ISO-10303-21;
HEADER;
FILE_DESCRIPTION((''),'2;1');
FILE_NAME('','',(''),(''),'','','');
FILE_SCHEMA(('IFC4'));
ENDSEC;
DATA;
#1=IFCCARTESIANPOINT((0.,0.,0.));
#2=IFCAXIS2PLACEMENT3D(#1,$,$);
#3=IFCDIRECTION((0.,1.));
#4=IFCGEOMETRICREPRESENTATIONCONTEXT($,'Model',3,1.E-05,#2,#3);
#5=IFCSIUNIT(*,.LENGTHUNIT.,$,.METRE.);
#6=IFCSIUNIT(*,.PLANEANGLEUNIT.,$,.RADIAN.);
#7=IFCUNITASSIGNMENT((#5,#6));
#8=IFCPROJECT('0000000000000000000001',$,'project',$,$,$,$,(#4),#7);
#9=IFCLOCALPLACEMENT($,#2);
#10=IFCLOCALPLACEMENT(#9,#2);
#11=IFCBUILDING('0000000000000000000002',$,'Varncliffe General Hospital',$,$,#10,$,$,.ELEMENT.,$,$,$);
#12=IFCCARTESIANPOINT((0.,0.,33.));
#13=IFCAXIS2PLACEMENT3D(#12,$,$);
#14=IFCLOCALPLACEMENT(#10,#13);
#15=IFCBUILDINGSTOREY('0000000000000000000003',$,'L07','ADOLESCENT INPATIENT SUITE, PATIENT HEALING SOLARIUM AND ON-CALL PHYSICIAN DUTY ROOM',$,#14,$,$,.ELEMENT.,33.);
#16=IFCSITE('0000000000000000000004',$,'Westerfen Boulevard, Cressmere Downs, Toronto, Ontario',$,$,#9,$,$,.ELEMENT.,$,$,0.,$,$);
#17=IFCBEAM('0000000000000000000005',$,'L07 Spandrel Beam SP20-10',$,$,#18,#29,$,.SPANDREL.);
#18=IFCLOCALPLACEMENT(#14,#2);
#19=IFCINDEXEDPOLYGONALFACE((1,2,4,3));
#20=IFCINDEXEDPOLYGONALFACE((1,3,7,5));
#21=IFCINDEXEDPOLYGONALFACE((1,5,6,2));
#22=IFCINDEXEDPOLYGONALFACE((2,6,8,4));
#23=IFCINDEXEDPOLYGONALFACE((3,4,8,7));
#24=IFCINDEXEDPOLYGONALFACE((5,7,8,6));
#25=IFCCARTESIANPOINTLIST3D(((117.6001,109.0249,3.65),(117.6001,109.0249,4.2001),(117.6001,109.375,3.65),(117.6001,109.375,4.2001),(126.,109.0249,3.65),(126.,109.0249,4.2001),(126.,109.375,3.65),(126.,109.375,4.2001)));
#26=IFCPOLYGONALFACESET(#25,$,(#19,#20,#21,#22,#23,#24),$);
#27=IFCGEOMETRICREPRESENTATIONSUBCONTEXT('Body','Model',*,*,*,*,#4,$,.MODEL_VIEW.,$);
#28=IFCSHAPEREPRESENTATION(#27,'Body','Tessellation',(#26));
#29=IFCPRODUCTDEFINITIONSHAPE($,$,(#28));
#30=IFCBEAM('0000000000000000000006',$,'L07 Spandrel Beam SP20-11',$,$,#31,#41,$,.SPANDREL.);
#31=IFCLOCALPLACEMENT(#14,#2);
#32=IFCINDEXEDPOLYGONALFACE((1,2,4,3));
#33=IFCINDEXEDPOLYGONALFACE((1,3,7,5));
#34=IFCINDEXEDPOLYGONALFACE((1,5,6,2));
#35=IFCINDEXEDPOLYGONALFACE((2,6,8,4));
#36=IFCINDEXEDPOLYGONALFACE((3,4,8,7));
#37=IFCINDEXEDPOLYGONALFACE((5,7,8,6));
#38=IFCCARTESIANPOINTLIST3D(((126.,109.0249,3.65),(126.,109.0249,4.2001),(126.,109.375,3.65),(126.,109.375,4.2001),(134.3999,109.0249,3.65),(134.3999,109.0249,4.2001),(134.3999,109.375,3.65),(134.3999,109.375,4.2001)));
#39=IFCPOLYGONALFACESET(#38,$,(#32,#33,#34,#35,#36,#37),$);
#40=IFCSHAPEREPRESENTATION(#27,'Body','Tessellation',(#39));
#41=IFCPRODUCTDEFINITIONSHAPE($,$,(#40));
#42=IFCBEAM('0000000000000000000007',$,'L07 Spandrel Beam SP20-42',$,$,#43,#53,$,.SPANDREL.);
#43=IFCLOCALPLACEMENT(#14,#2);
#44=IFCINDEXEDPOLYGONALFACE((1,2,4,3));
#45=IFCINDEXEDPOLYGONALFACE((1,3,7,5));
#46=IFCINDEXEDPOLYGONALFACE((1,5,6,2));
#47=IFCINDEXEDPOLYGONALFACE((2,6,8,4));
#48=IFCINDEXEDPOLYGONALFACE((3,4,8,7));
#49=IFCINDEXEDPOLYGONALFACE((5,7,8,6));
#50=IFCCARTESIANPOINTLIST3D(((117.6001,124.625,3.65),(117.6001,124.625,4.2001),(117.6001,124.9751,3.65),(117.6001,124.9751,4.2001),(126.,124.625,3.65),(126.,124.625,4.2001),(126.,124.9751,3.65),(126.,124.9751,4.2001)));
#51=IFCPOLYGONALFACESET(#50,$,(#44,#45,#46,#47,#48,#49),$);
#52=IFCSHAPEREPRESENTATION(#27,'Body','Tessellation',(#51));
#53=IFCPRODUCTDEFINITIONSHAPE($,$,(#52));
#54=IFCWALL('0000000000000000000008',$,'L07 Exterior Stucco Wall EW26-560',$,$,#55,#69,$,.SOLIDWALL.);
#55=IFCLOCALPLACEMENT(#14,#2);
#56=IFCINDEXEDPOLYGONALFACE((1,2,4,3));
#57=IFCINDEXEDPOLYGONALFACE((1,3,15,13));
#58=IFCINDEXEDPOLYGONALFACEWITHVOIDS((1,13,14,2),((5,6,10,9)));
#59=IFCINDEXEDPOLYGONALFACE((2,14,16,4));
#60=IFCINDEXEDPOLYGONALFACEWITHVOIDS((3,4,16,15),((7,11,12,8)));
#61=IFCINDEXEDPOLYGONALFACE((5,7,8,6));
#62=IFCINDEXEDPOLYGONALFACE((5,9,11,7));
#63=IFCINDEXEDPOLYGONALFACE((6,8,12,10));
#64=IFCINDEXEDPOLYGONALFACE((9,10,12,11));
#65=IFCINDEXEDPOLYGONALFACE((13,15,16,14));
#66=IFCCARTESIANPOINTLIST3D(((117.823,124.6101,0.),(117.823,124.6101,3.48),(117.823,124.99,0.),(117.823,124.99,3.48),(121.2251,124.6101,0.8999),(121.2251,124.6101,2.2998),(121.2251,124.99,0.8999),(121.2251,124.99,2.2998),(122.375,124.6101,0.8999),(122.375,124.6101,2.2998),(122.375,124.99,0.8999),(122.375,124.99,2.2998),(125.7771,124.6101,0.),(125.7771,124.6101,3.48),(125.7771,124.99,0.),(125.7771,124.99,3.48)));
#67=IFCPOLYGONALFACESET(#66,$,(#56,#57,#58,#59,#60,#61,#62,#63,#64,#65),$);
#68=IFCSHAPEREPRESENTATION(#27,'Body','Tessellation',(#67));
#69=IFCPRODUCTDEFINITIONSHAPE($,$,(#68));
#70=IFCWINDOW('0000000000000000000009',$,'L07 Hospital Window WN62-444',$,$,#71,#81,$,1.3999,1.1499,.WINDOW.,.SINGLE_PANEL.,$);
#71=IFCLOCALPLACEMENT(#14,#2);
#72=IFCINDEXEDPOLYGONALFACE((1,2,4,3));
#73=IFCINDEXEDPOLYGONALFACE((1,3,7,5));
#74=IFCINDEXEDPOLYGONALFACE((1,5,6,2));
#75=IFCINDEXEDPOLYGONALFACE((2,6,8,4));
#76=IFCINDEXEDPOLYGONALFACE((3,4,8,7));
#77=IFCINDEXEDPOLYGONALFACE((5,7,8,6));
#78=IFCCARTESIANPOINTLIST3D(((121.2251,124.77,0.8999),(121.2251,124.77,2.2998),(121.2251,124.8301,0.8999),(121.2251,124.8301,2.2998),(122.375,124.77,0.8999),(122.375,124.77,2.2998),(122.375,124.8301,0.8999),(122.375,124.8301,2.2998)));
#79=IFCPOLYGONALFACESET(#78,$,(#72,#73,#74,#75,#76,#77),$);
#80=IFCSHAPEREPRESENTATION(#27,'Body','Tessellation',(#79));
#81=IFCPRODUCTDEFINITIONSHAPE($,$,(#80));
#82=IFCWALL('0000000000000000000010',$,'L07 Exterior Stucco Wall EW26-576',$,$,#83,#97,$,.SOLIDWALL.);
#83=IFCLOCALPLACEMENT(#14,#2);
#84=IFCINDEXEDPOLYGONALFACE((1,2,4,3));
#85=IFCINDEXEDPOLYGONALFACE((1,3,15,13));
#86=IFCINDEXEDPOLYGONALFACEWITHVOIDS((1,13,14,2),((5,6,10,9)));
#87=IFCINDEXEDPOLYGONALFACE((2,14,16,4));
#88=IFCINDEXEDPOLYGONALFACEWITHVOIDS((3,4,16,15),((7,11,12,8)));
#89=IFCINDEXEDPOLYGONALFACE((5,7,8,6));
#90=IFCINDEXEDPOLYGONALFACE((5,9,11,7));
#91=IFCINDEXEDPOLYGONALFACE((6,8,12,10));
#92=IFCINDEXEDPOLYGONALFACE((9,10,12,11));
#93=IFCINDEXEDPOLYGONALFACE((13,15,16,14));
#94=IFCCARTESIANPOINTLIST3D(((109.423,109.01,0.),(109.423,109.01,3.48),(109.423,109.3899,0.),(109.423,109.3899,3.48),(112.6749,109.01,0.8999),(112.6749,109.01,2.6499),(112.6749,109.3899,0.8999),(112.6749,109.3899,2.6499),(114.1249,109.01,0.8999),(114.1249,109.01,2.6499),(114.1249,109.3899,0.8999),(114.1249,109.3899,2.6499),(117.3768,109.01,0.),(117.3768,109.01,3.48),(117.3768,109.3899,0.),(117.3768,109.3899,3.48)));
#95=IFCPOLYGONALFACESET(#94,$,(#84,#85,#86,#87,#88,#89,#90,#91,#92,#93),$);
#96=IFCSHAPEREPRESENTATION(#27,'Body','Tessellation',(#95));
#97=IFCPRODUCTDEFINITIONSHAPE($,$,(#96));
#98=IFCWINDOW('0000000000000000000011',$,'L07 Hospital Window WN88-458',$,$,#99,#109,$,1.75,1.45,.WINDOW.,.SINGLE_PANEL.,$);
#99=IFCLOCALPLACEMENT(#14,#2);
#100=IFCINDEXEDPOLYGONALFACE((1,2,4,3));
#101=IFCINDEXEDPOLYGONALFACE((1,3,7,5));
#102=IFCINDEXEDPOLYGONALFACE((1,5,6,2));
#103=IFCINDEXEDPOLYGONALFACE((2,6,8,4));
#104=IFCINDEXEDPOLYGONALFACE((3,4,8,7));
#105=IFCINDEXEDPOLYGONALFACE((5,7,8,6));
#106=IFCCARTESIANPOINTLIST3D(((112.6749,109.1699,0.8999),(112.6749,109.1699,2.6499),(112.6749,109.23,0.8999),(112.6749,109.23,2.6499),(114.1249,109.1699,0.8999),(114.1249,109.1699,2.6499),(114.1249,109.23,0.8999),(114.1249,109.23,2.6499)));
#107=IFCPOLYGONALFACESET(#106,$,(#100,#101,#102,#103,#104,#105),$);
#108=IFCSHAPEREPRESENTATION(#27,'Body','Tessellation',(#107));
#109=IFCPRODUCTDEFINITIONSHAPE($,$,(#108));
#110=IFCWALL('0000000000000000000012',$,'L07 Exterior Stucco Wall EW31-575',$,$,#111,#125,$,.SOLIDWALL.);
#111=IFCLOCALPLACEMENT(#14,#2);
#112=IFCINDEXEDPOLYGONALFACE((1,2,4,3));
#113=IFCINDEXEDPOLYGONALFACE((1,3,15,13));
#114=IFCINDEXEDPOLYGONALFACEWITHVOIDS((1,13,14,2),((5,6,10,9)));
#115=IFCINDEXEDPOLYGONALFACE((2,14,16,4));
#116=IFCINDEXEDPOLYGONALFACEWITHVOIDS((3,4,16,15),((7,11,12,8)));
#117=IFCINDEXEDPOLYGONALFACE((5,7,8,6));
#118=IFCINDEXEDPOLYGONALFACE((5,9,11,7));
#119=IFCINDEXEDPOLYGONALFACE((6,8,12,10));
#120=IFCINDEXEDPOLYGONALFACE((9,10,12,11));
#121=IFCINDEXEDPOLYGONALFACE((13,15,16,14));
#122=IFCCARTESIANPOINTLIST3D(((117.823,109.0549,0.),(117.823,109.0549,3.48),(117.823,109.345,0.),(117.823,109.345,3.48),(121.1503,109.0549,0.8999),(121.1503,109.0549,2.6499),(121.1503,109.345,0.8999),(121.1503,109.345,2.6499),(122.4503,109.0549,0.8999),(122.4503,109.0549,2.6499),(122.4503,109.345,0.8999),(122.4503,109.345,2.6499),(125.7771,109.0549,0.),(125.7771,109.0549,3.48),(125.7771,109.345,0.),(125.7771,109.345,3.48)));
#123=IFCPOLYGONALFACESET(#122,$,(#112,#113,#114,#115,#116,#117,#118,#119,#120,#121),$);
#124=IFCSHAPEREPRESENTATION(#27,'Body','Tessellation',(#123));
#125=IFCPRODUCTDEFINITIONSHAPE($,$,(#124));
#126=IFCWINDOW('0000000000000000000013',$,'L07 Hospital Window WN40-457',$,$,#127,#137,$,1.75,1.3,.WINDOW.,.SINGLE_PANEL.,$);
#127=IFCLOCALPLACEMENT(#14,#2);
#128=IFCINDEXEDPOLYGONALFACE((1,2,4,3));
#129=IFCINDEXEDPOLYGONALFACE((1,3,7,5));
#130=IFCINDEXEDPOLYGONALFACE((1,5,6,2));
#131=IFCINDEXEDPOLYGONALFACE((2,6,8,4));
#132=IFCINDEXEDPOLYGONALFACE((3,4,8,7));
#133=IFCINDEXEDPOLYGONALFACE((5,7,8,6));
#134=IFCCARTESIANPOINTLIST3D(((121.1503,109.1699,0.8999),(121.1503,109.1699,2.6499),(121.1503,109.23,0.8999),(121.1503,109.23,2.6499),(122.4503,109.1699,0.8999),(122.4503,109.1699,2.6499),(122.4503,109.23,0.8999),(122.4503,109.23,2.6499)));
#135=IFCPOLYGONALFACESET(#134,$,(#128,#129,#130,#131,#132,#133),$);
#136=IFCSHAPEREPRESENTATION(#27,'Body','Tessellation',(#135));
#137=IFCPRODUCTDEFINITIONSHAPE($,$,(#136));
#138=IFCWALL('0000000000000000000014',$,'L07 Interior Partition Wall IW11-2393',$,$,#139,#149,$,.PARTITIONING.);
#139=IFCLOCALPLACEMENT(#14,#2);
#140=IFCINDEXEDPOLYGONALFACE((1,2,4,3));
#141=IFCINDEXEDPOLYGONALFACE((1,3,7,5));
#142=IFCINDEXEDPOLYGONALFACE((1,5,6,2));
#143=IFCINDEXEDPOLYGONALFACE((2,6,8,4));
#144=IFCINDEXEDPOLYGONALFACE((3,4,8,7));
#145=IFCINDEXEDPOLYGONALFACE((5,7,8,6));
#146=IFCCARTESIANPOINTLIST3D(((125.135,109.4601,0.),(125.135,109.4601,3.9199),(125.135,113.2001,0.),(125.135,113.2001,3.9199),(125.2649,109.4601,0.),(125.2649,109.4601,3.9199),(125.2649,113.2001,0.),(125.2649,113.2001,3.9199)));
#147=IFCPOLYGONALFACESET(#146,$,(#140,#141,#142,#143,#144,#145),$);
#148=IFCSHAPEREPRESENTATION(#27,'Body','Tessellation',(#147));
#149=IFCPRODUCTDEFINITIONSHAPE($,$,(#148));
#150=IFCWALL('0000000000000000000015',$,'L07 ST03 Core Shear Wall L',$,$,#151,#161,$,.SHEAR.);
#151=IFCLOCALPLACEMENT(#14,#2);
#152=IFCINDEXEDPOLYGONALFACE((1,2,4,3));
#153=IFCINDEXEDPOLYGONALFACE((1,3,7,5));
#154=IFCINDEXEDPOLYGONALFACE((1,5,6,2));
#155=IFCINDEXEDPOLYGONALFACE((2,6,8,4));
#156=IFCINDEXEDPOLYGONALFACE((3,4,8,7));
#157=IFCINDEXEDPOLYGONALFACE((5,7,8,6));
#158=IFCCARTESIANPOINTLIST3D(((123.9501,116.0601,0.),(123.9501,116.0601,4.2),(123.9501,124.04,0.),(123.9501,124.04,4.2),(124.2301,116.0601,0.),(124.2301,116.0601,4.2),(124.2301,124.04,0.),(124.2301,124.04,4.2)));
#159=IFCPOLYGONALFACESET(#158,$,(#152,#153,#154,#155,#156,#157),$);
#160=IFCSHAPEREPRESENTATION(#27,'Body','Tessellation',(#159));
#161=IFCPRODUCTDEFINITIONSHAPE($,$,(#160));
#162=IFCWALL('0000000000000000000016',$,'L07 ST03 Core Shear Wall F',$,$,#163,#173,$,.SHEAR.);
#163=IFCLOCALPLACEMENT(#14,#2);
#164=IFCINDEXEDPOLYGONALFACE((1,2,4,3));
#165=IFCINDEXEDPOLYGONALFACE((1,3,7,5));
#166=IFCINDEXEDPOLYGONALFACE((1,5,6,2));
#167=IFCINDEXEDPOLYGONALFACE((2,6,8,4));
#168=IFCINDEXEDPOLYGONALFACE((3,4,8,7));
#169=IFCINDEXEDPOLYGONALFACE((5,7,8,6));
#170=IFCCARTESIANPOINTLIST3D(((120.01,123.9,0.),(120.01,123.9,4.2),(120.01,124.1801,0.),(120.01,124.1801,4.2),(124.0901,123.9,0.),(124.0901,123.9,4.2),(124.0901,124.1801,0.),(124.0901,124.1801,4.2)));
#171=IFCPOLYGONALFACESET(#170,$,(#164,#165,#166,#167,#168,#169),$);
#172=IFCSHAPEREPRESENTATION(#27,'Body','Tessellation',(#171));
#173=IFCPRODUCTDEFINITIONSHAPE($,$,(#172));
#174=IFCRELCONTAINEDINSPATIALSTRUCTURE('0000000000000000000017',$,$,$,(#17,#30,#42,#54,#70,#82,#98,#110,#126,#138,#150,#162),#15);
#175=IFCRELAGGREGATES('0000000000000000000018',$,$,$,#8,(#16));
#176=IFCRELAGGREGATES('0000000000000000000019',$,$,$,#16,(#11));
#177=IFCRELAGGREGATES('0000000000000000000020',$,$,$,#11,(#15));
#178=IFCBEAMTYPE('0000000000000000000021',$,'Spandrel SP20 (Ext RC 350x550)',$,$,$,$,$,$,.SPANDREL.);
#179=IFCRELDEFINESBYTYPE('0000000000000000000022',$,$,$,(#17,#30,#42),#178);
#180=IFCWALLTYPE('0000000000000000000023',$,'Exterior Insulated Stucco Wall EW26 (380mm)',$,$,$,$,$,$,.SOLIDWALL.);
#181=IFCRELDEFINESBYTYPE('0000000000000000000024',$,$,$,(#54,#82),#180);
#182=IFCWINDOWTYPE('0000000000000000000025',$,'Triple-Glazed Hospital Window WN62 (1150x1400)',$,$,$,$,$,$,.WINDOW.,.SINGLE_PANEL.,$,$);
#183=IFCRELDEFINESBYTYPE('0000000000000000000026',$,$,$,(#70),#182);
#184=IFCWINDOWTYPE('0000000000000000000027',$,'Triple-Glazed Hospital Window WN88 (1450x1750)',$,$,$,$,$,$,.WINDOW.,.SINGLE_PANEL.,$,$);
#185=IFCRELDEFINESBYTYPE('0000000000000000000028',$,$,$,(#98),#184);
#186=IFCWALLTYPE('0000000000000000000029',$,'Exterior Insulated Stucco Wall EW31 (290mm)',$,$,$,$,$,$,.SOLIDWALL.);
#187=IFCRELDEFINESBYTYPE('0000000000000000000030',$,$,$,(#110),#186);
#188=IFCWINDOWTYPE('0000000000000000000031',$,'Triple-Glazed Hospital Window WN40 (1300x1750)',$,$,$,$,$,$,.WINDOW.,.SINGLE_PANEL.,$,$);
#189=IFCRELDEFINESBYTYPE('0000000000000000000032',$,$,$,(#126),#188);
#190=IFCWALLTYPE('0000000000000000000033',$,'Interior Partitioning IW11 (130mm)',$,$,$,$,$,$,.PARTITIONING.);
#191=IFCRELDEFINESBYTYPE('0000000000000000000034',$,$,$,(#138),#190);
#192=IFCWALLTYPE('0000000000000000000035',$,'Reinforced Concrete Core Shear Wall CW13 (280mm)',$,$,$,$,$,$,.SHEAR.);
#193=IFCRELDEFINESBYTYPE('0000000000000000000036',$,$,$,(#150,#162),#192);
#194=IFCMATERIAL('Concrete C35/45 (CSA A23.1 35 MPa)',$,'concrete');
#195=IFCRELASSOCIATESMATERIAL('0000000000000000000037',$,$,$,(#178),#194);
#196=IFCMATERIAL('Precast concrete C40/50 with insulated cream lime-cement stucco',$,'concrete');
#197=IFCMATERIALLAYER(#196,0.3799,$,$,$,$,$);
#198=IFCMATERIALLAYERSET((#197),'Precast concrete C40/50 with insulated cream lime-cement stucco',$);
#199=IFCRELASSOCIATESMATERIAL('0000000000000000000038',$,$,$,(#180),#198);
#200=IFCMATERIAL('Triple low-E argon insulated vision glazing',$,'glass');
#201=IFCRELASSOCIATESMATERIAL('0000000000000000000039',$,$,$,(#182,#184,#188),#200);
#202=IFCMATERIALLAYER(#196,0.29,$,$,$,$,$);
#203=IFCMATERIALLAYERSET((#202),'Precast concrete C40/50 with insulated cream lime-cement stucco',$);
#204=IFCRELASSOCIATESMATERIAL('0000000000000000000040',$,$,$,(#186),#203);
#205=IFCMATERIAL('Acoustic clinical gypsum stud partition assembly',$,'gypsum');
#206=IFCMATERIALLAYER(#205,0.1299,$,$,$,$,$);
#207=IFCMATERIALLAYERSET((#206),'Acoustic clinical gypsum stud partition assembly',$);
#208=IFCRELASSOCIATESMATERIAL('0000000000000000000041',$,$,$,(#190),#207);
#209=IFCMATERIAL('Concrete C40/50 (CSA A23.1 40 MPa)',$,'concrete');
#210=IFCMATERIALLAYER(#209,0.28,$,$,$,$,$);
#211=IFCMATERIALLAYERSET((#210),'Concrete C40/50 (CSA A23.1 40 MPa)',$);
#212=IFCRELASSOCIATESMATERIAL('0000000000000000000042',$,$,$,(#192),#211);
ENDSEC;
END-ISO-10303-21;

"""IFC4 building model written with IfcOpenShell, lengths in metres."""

from ifc_helpers import new_model, si_unit, direction, frame, frame_2d, origin, origin_2d, place, context, subcontext, project, spatial, rectangle, extrude, material, layer, layer_set, material_profile, profile_set, type_object, element, fill, save


model = new_model("IFC4")

# Units and contexts
model_context = context("Model", 3, precision=1e-05, world=origin(), true_north=direction((0.0, 1.0)))
body_context = subcontext(model_context, "Body", "Model", "MODEL_VIEW")
ifc_project = project(units=[si_unit("LENGTHUNIT", "METRE"), si_unit("PLANEANGLEUNIT", "RADIAN")], contexts=[model_context])

# Site, building, storey
site_placement = place(None, origin())
site = spatial("IfcSite", under=ifc_project, at=site_placement, Name="Westerfen Boulevard, Cressmere Downs, Toronto, Ontario", CompositionType="ELEMENT", RefElevation=0.0)
building_placement = place(site_placement, origin())
building = spatial("IfcBuilding", under=site, at=building_placement, Name="Varncliffe General Hospital", CompositionType="ELEMENT")
storey_placement = place(building_placement, frame((0.0, 0.0, 33.0)))
storey = spatial("IfcBuildingStorey", under=building, at=storey_placement, Name="L07", Description="ADOLESCENT INPATIENT SUITE, PATIENT HEALING SOLARIUM AND ON-CALL PHYSICIAN DUTY ROOM", CompositionType="ELEMENT", Elevation=33.0)

# Shared definitions
ifc_material_1 = material(Name="Concrete C40/50 (CSA A23.1 40 MPa)", Category="concrete")

# Beams
ifc_material_2 = material(Name="Concrete C35/45 (CSA A23.1 35 MPa)", Category="concrete")
ifc_material_profile_1 = material_profile(ifc_material_2, rectangle(XDim=0.3501, YDim=0.55, at=origin_2d()), Name="RC 350x550")
ifc_profile_set_1 = profile_set([ifc_material_profile_1], Name="Concrete C35/45 (CSA A23.1 35 MPa)")
beam_type_1 = type_object("IfcBeamType", Name="Spandrel SP20 (Ext RC 350x550)", PredefinedType="SPANDREL", material=ifc_profile_set_1)
for number, where, z_axis, x_axis, name in (
    (1, (117.6001, 109.2, 3.925), (1.0, 0.0, 0.0), (0.0, 1.0, 0.0), "L07 Spandrel Beam SP20-10"),
    (2, (126.0, 109.2, 3.925), (1.0, 0.0, 0.0), (0.0, 1.0, 0.0), "L07 Spandrel Beam SP20-11"),
    (3, (117.6001, 124.8, 3.925), (1.0, 0.0, 0.0), (0.0, 1.0, 0.0), "L07 Spandrel Beam SP20-42"),
):
    element("IfcBeam", number, at=place(storey_placement, frame(where, z_axis=z_axis, x_axis=x_axis)), inside=storey, type_object=beam_type_1, Name=name, PredefinedType="SPANDREL", context=body_context, shape_type="SweptSolid", body=[
        extrude(rectangle(XDim=0.3501, YDim=0.55, at=origin_2d()), origin(), (0.0, 0.0, 1.0), 8.3999),
    ])

# Walls, openings, windows
ifc_material_3 = material(Name="Precast concrete C40/50 with insulated cream lime-cement stucco", Category="concrete")
ifc_layer_1 = layer(ifc_material_3, 0.3799)
ifc_layer_set_1 = layer_set([ifc_layer_1], Name="Precast concrete C40/50 with insulated cream lime-cement stucco")
wall_type_1 = type_object("IfcWallType", Name="Exterior Insulated Stucco Wall EW26 (380mm)", PredefinedType="SOLIDWALL", material=ifc_layer_set_1)
wall_1_placement = place(storey_placement, frame((117.823, 124.8, 0.0), z_axis=(0.0, 0.0, 1.0), x_axis=(1.0, 0.0, 0.0)))
wall_1 = element("IfcWall", 4, at=wall_1_placement, inside=storey, type_object=wall_type_1, Name="L07 Exterior Stucco Wall EW26-560", PredefinedType="SOLIDWALL", context=body_context, shape_type="SweptSolid", body=[
    extrude(rectangle(XDim=7.9541, YDim=0.3799, at=frame_2d((3.9771, 0.0))), origin(), (0.0, 0.0, 1.0), 3.48),
])
opening_1_placement = place(wall_1_placement, frame((3.4021, 0.0, 0.8999)))
opening_1 = element("IfcOpeningElement", 5, at=opening_1_placement, cuts=wall_1, PredefinedType="OPENING", context=body_context, shape_type="SweptSolid", body=[
    extrude(rectangle(XDim=1.1499, YDim=1.3999, at=frame_2d((0.575, 0.7))), frame((0.0, 0.2, 0.0), z_axis=(0.0, -1.0, 0.0), x_axis=(1.0, 0.0, 0.0)), (0.0, 0.0, 1.0), 0.3999),
])
ifc_material_4 = material(Name="Triple low-E argon insulated vision glazing", Category="glass")
window_type_1 = type_object("IfcWindowType", Name="Triple-Glazed Hospital Window WN62 (1150x1400)", PartitioningType="SINGLE_PANEL", PredefinedType="WINDOW", material=ifc_material_4)
window_1_placement = place(opening_1_placement, origin())
window_1 = element("IfcWindow", 6, at=window_1_placement, inside=storey, type_object=window_type_1, Name="L07 Hospital Window WN62-444", OverallHeight=1.3999, OverallWidth=1.1499, PartitioningType="SINGLE_PANEL", PredefinedType="WINDOW", context=body_context, shape_type="SweptSolid", body=[
    extrude(rectangle(XDim=1.1499, YDim=1.3999, at=frame_2d((0.575, 0.7))), frame((0.0, 0.03, 0.0), z_axis=(0.0, -1.0, 0.0), x_axis=(1.0, 0.0, 0.0)), (0.0, 0.0, 1.0), 0.0601),
])
fill(opening_1, window_1)
wall_2_placement = place(storey_placement, frame((117.377, 109.2, 0.0), z_axis=(0.0, 0.0, 1.0), x_axis=(-1.0, 0.0, 0.0)))
wall_2 = element("IfcWall", 7, at=wall_2_placement, inside=storey, type_object=wall_type_1, Name="L07 Exterior Stucco Wall EW26-576", PredefinedType="SOLIDWALL", context=body_context, shape_type="SweptSolid", body=[
    extrude(rectangle(XDim=7.9539, YDim=0.3799, at=frame_2d((3.9771, 0.0))), origin(), (0.0, 0.0, 1.0), 3.48),
])
opening_2_placement = place(wall_2_placement, frame((3.252, 0.0, 0.8999)))
opening_2 = element("IfcOpeningElement", 8, at=opening_2_placement, cuts=wall_2, PredefinedType="OPENING", context=body_context, shape_type="SweptSolid", body=[
    extrude(rectangle(XDim=1.45, YDim=1.75, at=frame_2d((0.7251, 0.875))), frame((0.0, 0.2, 0.0), z_axis=(0.0, -1.0, 0.0), x_axis=(1.0, 0.0, 0.0)), (0.0, 0.0, 1.0), 0.3999),
])
window_type_2 = type_object("IfcWindowType", Name="Triple-Glazed Hospital Window WN88 (1450x1750)", PartitioningType="SINGLE_PANEL", PredefinedType="WINDOW", material=ifc_material_4)
window_2_placement = place(opening_2_placement, origin())
window_2 = element("IfcWindow", 9, at=window_2_placement, inside=storey, type_object=window_type_2, Name="L07 Hospital Window WN88-458", OverallHeight=1.75, OverallWidth=1.45, PartitioningType="SINGLE_PANEL", PredefinedType="WINDOW", context=body_context, shape_type="SweptSolid", body=[
    extrude(rectangle(XDim=1.45, YDim=1.75, at=frame_2d((0.7251, 0.875))), frame((0.0, 0.03, 0.0), z_axis=(0.0, -1.0, 0.0), x_axis=(1.0, 0.0, 0.0)), (0.0, 0.0, 1.0), 0.0601),
])
fill(opening_2, window_2)
ifc_layer_2 = layer(ifc_material_3, 0.29)
ifc_layer_set_2 = layer_set([ifc_layer_2], Name="Precast concrete C40/50 with insulated cream lime-cement stucco")
wall_type_2 = type_object("IfcWallType", Name="Exterior Insulated Stucco Wall EW31 (290mm)", PredefinedType="SOLIDWALL", material=ifc_layer_set_2)
wall_3_placement = place(storey_placement, frame((125.7771, 109.2, 0.0), z_axis=(0.0, 0.0, 1.0), x_axis=(-1.0, 0.0, 0.0)))
wall_3 = element("IfcWall", 10, at=wall_3_placement, inside=storey, type_object=wall_type_2, Name="L07 Exterior Stucco Wall EW31-575", PredefinedType="SOLIDWALL", context=body_context, shape_type="SweptSolid", body=[
    extrude(rectangle(XDim=7.9541, YDim=0.29, at=frame_2d((3.9771, 0.0))), origin(), (0.0, 0.0, 1.0), 3.48),
])
opening_3_placement = place(wall_3_placement, frame((3.3269, 0.0, 0.8999)))
opening_3 = element("IfcOpeningElement", 11, at=opening_3_placement, cuts=wall_3, PredefinedType="OPENING", context=body_context, shape_type="SweptSolid", body=[
    extrude(rectangle(XDim=1.3, YDim=1.75, at=frame_2d((0.6499, 0.875))), frame((0.0, 0.155, 0.0), z_axis=(0.0, -1.0, 0.0), x_axis=(1.0, 0.0, 0.0)), (0.0, 0.0, 1.0), 0.3101),
])
window_type_3 = type_object("IfcWindowType", Name="Triple-Glazed Hospital Window WN40 (1300x1750)", PartitioningType="SINGLE_PANEL", PredefinedType="WINDOW", material=ifc_material_4)
window_3_placement = place(opening_3_placement, origin())
window_3 = element("IfcWindow", 12, at=window_3_placement, inside=storey, type_object=window_type_3, Name="L07 Hospital Window WN40-457", OverallHeight=1.75, OverallWidth=1.3, PartitioningType="SINGLE_PANEL", PredefinedType="WINDOW", context=body_context, shape_type="SweptSolid", body=[
    extrude(rectangle(XDim=1.3, YDim=1.75, at=frame_2d((0.6499, 0.875))), frame((0.0, 0.03, 0.0), z_axis=(0.0, -1.0, 0.0), x_axis=(1.0, 0.0, 0.0)), (0.0, 0.0, 1.0), 0.0601),
])
fill(opening_3, window_3)

# Wall
ifc_material_5 = material(Name="Acoustic clinical gypsum stud partition assembly", Category="gypsum")
ifc_layer_3 = layer(ifc_material_5, 0.1299)
ifc_layer_set_3 = layer_set([ifc_layer_3], Name="Acoustic clinical gypsum stud partition assembly")
wall_type_3 = type_object("IfcWallType", Name="Interior Partitioning IW11 (130mm)", PredefinedType="PARTITIONING", material=ifc_layer_set_3)
wall_4_placement = place(storey_placement, frame((125.2, 109.46, 0.0), z_axis=(0.0, 0.0, 1.0), x_axis=(0.0, 1.0, 0.0)))
element("IfcWall", 13, at=wall_4_placement, inside=storey, type_object=wall_type_3, Name="L07 Interior Partition Wall IW11-2393", PredefinedType="PARTITIONING", context=body_context, shape_type="SweptSolid", body=[
    extrude(rectangle(XDim=3.74, YDim=0.1299, at=frame_2d((1.8701, 0.0))), origin(), (0.0, 0.0, 1.0), 3.9199),
])

# Walls
ifc_layer_4 = layer(ifc_material_1, 0.28)
ifc_layer_set_4 = layer_set([ifc_layer_4], Name="Concrete C40/50 (CSA A23.1 40 MPa)")
wall_type_4 = type_object("IfcWallType", Name="Reinforced Concrete Core Shear Wall CW13 (280mm)", PredefinedType="SHEAR", material=ifc_layer_set_4)
wall_5_placement = place(storey_placement, frame((124.0901, 116.0601, 0.0), z_axis=(0.0, 0.0, 1.0), x_axis=(0.0, 1.0, 0.0)))
element("IfcWall", 14, at=wall_5_placement, inside=storey, type_object=wall_type_4, Name="L07 ST03 Core Shear Wall L", PredefinedType="SHEAR", context=body_context, shape_type="SweptSolid", body=[
    extrude(rectangle(XDim=7.98, YDim=0.28, at=frame_2d((3.99, 0.0))), origin(), (0.0, 0.0, 1.0), 4.2),
])
wall_6_placement = place(storey_placement, frame((124.0901, 124.04, 0.0), z_axis=(0.0, 0.0, 1.0), x_axis=(-1.0, 0.0, 0.0)))
element("IfcWall", 15, at=wall_6_placement, inside=storey, type_object=wall_type_4, Name="L07 ST03 Core Shear Wall F", PredefinedType="SHEAR", context=body_context, shape_type="SweptSolid", body=[
    extrude(rectangle(XDim=4.0801, YDim=0.28, at=frame_2d((2.04, 0.0))), origin(), (0.0, 0.0, 1.0), 4.2),
])

save(model, "model.ifc")
